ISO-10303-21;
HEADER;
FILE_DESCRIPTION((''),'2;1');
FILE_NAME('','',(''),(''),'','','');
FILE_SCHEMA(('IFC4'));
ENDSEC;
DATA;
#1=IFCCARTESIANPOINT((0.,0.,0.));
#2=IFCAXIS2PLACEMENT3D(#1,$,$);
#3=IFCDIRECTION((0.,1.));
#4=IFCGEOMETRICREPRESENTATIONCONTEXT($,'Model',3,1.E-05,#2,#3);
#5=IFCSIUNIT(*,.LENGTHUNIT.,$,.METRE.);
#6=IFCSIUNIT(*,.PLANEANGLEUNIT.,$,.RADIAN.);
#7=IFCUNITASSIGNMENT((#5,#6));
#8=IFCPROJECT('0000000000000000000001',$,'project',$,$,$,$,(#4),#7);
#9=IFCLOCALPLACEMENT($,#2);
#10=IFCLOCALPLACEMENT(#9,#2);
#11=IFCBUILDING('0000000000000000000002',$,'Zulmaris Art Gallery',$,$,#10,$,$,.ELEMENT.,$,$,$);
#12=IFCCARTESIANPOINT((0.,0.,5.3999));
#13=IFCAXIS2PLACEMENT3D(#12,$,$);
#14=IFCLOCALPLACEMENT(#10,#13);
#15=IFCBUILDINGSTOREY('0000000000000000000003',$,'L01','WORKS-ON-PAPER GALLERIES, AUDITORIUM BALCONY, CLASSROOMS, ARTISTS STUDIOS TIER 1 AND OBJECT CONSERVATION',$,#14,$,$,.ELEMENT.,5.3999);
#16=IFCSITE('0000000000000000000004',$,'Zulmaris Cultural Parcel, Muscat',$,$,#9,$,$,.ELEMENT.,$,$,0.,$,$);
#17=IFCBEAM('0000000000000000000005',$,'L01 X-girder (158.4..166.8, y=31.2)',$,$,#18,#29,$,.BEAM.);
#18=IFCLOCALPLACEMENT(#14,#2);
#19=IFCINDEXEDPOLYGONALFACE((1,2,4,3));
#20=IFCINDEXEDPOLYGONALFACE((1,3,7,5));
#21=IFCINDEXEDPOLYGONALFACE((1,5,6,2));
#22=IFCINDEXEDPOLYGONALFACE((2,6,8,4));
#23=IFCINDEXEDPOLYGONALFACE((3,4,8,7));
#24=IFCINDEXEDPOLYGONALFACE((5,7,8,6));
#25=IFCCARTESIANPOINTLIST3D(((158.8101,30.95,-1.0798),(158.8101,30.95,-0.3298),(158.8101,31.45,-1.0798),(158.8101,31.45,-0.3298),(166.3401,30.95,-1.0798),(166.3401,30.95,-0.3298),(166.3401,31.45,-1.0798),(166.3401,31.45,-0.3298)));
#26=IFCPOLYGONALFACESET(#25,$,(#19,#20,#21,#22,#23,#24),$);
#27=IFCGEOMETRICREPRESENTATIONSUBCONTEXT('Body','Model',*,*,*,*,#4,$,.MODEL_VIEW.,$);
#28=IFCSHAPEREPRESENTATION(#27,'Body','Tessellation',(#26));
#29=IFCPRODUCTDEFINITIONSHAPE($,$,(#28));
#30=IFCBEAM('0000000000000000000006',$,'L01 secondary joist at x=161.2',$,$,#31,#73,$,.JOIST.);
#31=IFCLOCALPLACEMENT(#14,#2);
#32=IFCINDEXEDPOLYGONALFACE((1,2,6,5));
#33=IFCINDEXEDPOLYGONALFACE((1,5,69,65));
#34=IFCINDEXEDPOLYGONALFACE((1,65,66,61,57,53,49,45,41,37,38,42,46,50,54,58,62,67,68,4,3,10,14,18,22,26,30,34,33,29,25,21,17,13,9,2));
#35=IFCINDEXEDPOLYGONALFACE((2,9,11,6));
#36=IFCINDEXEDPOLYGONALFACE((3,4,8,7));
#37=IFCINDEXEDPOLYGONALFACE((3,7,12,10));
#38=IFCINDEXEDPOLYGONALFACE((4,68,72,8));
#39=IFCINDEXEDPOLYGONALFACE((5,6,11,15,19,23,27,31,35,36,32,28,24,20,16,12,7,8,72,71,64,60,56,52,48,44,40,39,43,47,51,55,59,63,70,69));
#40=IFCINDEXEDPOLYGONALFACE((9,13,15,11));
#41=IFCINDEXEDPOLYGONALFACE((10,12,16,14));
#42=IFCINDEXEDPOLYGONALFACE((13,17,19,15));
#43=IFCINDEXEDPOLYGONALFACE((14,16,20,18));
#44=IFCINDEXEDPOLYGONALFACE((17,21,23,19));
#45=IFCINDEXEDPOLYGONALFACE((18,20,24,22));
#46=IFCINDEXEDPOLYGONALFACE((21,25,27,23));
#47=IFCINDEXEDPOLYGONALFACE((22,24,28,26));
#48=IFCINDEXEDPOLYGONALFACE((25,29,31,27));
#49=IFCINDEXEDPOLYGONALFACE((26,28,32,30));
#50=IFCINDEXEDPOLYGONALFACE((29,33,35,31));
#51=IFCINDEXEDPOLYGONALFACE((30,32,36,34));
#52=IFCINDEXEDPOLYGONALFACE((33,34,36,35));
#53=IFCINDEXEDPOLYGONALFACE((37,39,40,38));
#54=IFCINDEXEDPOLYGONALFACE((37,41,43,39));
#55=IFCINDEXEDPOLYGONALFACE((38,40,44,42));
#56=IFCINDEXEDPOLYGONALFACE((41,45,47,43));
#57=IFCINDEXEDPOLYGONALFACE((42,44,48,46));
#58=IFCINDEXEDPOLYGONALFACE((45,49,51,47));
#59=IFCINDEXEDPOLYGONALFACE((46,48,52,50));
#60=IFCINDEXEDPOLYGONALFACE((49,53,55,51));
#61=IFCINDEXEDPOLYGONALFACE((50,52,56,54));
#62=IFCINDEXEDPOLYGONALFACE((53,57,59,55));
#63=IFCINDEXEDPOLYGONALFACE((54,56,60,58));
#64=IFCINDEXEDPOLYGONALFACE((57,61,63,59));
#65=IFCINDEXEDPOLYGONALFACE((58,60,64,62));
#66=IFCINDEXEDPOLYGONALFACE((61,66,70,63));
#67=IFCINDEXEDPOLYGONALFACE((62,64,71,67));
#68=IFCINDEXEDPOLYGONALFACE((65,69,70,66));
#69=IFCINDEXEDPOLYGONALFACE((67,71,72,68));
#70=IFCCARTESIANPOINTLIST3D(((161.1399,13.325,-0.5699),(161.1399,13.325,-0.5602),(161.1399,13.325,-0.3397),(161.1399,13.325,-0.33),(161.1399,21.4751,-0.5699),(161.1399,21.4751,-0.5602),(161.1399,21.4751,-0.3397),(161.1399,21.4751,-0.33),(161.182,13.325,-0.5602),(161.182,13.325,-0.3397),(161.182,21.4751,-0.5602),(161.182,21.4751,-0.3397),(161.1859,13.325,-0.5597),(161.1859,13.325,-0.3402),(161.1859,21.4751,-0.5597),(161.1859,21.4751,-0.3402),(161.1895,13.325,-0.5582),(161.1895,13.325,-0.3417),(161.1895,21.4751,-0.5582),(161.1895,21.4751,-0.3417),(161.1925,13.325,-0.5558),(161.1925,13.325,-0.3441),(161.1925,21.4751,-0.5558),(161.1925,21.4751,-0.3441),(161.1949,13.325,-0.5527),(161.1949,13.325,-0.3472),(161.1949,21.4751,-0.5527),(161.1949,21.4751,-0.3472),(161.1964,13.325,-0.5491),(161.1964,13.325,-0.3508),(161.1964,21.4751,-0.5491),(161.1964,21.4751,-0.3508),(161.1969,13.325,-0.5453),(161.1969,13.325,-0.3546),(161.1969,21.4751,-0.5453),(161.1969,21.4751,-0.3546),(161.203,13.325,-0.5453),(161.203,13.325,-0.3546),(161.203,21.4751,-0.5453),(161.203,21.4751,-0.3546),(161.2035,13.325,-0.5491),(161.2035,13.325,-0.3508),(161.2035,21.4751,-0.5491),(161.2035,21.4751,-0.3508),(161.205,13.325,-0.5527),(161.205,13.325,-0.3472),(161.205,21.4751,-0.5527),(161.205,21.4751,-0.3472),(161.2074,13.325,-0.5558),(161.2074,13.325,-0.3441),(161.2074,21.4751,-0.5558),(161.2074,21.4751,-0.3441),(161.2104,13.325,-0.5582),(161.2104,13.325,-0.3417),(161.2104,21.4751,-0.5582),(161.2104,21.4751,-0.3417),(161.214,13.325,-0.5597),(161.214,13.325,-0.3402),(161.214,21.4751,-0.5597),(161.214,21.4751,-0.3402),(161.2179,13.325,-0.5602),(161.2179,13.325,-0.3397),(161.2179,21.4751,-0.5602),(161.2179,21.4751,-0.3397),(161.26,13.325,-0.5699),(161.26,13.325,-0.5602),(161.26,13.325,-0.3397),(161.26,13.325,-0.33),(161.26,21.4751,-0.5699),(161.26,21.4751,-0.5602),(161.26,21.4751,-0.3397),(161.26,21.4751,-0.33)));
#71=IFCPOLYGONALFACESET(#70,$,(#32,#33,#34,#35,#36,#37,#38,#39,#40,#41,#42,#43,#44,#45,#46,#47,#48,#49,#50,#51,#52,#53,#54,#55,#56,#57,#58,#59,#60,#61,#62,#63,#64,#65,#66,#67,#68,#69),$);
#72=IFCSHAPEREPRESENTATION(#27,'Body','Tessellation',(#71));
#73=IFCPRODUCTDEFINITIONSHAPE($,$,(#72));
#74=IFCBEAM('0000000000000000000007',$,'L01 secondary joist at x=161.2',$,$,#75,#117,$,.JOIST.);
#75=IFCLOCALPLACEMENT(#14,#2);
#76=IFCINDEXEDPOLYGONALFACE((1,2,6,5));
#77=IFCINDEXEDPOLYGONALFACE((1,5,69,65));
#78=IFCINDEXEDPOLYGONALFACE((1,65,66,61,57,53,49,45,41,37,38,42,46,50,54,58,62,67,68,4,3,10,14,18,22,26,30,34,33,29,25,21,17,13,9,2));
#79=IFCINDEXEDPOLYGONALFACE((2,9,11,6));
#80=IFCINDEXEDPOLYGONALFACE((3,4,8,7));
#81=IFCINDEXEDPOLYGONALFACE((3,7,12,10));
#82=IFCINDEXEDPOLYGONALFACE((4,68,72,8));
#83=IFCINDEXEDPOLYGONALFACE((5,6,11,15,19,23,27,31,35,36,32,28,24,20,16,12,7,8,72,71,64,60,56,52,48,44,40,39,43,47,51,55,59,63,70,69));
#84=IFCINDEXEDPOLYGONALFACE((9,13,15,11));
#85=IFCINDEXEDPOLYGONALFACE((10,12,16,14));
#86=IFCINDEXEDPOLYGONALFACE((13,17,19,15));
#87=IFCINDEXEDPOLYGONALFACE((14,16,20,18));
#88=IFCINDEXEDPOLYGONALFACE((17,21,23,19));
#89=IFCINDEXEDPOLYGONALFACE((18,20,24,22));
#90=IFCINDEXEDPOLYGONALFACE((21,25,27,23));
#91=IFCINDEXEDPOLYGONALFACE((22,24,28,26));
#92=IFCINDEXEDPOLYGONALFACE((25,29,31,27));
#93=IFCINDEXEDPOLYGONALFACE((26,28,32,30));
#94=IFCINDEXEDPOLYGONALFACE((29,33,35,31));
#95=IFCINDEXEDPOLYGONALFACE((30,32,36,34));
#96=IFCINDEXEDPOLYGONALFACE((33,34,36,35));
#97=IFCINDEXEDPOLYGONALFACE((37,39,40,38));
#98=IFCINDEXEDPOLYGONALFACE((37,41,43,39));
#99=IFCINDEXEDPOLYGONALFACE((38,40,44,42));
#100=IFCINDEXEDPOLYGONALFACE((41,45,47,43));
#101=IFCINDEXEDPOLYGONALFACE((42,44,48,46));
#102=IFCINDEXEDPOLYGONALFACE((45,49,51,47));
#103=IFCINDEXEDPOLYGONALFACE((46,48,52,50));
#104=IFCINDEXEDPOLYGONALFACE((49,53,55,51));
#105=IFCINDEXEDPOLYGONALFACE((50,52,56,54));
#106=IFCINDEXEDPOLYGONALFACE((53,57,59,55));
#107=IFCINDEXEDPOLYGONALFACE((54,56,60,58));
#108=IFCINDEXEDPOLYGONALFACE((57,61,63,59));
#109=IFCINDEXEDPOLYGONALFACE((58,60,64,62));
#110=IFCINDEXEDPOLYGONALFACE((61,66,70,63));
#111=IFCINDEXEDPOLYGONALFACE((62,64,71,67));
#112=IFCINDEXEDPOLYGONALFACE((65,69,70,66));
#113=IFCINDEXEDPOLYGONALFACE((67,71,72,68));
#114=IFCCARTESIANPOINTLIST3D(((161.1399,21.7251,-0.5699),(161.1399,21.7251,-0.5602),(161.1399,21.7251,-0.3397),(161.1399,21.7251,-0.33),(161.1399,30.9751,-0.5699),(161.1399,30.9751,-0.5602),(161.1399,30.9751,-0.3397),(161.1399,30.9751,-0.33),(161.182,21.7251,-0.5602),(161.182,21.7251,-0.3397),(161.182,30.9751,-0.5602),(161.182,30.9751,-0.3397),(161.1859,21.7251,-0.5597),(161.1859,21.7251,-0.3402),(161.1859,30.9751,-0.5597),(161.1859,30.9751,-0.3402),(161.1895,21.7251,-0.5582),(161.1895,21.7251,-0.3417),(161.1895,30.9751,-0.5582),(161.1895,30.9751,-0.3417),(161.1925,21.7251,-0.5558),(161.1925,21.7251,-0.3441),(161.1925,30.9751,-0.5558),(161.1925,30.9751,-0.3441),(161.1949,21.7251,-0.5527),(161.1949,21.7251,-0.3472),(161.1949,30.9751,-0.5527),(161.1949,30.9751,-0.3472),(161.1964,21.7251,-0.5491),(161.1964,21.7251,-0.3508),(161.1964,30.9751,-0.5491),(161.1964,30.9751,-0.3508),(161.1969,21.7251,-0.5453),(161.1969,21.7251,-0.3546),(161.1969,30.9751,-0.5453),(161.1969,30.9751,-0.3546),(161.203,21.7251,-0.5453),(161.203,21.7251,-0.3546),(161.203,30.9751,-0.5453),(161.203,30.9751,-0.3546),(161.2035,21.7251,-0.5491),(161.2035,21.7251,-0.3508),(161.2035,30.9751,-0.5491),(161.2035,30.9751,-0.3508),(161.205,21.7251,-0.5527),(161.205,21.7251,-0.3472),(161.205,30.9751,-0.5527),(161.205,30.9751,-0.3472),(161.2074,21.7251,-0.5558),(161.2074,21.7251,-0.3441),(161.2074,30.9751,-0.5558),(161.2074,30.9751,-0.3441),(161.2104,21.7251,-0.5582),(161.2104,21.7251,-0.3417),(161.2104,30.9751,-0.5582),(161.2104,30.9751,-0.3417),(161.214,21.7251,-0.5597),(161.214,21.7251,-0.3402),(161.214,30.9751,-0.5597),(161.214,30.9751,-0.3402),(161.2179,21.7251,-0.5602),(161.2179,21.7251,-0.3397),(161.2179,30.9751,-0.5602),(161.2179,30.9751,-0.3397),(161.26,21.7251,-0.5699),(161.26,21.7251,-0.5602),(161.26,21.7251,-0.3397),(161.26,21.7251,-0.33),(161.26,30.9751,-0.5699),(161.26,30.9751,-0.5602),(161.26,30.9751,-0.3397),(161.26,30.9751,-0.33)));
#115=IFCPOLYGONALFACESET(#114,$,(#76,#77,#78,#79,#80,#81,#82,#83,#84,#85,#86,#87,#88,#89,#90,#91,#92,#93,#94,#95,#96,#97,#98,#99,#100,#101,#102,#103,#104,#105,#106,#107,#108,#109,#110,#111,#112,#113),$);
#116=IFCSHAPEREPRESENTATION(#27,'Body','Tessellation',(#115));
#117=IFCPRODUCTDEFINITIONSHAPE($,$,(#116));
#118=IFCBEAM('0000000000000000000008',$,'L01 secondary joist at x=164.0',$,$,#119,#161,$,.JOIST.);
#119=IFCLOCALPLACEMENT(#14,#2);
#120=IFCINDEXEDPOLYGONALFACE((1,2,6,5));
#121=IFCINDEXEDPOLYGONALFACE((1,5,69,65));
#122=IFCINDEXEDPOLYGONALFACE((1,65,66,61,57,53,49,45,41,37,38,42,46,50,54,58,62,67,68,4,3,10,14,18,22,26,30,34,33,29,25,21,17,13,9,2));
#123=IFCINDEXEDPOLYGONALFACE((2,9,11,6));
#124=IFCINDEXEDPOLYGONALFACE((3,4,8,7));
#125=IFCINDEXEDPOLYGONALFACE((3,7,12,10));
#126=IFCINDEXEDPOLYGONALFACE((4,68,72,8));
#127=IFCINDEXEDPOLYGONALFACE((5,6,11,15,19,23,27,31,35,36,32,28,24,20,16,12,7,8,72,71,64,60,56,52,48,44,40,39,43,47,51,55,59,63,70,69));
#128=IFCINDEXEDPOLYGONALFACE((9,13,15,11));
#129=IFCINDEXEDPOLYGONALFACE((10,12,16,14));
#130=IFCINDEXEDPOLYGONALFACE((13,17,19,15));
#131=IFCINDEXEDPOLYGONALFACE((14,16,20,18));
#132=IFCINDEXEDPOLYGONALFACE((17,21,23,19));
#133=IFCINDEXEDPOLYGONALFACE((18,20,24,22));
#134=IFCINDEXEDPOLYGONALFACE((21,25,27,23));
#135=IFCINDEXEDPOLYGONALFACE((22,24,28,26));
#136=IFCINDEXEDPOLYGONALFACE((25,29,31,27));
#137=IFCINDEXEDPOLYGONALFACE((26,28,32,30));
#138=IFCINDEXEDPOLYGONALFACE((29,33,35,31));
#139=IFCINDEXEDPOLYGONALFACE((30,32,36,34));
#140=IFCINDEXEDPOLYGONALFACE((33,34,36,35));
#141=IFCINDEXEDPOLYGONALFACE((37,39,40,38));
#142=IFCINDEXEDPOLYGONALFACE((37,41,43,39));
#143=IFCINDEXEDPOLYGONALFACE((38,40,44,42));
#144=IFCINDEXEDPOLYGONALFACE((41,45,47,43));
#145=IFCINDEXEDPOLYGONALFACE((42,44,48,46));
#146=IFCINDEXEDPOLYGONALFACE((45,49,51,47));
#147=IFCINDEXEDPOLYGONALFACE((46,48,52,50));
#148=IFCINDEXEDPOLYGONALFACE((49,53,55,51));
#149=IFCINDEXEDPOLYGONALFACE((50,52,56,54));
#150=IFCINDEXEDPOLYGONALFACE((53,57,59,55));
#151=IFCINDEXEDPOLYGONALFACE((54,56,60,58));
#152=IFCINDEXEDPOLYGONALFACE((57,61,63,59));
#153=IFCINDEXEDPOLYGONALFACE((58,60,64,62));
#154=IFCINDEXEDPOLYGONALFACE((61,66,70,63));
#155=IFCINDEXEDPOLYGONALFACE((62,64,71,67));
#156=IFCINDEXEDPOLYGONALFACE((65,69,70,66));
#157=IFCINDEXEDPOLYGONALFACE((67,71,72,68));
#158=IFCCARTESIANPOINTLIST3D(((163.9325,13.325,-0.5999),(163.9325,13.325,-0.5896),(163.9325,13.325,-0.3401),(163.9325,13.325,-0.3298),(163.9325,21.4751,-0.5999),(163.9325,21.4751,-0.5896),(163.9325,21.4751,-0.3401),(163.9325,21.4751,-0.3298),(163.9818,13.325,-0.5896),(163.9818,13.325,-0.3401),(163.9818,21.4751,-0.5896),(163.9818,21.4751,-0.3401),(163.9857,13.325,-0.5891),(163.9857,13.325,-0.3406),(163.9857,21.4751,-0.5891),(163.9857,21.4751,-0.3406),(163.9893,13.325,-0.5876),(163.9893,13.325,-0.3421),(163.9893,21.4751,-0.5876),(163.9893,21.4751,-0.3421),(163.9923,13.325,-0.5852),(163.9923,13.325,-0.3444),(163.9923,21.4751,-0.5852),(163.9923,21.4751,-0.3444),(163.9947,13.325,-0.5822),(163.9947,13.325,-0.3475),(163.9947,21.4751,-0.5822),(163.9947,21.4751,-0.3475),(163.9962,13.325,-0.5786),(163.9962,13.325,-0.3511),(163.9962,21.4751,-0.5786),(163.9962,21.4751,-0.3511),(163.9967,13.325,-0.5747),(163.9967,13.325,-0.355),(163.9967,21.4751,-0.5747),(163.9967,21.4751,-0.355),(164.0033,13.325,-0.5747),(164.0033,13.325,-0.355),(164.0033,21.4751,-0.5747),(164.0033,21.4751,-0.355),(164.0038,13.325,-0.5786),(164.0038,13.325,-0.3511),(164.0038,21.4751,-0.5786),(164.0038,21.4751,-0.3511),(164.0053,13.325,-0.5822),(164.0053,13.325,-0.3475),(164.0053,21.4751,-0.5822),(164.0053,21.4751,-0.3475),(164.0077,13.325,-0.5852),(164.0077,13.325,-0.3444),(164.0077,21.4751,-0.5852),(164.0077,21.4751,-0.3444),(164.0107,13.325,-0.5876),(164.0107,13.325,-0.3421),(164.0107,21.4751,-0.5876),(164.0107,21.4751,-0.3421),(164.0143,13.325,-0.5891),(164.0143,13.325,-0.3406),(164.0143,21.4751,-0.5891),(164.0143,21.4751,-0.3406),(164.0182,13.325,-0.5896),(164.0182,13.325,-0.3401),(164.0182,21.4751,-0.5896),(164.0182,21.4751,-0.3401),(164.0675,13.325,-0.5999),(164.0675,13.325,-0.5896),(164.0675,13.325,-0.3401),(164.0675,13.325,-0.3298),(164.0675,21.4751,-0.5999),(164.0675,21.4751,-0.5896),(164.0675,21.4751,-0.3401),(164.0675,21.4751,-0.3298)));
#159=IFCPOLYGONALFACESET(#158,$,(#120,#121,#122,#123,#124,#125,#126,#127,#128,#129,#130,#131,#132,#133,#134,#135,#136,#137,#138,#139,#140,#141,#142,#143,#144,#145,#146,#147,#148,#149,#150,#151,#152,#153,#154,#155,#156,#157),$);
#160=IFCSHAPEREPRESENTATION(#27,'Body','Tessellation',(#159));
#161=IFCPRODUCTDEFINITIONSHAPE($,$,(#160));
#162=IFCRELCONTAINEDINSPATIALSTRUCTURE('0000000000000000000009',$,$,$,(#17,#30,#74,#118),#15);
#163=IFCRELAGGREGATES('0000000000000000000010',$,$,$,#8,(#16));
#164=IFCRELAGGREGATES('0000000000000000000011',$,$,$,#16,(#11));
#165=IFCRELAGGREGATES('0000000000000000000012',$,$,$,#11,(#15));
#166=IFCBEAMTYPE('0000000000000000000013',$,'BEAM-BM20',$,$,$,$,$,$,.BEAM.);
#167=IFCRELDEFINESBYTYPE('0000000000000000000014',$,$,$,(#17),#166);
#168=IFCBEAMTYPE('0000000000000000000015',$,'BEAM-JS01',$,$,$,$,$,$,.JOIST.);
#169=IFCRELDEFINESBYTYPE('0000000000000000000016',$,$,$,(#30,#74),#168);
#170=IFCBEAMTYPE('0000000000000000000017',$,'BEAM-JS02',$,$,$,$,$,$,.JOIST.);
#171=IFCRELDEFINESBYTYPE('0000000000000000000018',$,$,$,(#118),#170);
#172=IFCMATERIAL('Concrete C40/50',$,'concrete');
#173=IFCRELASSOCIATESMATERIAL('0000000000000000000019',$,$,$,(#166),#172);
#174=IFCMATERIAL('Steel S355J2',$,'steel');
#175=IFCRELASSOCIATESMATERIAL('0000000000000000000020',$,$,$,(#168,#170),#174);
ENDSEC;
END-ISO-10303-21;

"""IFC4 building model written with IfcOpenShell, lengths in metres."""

from ifc_helpers import new_model, si_unit, direction, frame, origin, origin_2d, place, context, subcontext, project, spatial, rectangle, i_section, extrude, material, material_profile, profile_set, type_object, element, save


model = new_model("IFC4")

# Units and contexts
model_context = context("Model", 3, precision=1e-05, world=origin(), true_north=direction((0.0, 1.0)))
body_context = subcontext(model_context, "Body", "Model", "MODEL_VIEW")
ifc_project = project(units=[si_unit("LENGTHUNIT", "METRE"), si_unit("PLANEANGLEUNIT", "RADIAN")], contexts=[model_context])

# Site, building, storey
site_placement = place(None, origin())
site = spatial("IfcSite", under=ifc_project, at=site_placement, Name="Zulmaris Cultural Parcel, Muscat", CompositionType="ELEMENT", RefElevation=0.0)
building_placement = place(site_placement, origin())
building = spatial("IfcBuilding", under=site, at=building_placement, Name="Zulmaris Art Gallery", CompositionType="ELEMENT")
storey_placement = place(building_placement, frame((0.0, 0.0, 5.3999)))
storey = spatial("IfcBuildingStorey", under=building, at=storey_placement, Name="L01", Description="WORKS-ON-PAPER GALLERIES, AUDITORIUM BALCONY, CLASSROOMS, ARTISTS STUDIOS TIER 1 AND OBJECT CONSERVATION", CompositionType="ELEMENT", Elevation=5.3999)

# Beams
ifc_material_1 = material(Name="Steel S355J2", Category="steel")
ifc_material_2 = material(Name="Concrete C40/50", Category="concrete")
ifc_material_profile_1 = material_profile(ifc_material_2, rectangle(XDim=0.5, YDim=0.75, at=origin_2d()), Name="RC 500x750")
ifc_profile_set_1 = profile_set([ifc_material_profile_1], Name="Concrete C40/50")
beam_type_1 = type_object("IfcBeamType", Name="BEAM-BM20", PredefinedType="BEAM", material=ifc_profile_set_1)
beam_1_placement = place(storey_placement, frame((158.8101, 31.2, -0.7048), z_axis=(1.0, 0.0, 0.0), x_axis=(0.0, 1.0, 0.0)))
element("IfcBeam", 1, at=beam_1_placement, inside=storey, type_object=beam_type_1, Name="L01 X-girder (158.4..166.8, y=31.2)", PredefinedType="BEAM", context=body_context, shape_type="SweptSolid", body=[
    extrude(rectangle(XDim=0.5, YDim=0.75, at=origin_2d()), origin(), (0.0, 0.0, 1.0), 7.53),
])
ifc_material_profile_2 = material_profile(ifc_material_1, i_section(OverallWidth=0.1201, OverallDepth=0.24, WebThickness=0.0061, FlangeThickness=0.0098, FilletRadius=0.0149, at=origin_2d()), Name="IPE 240")
ifc_profile_set_2 = profile_set([ifc_material_profile_2], Name="Steel S355J2")
beam_type_2 = type_object("IfcBeamType", Name="BEAM-JS01", PredefinedType="JOIST", material=ifc_profile_set_2)
beam_2_placement = place(storey_placement, frame((161.2, 13.325, -0.45), z_axis=(0.0, 1.0, 0.0), x_axis=(-1.0, 0.0, 0.0)))
element("IfcBeam", 2, at=beam_2_placement, inside=storey, type_object=beam_type_2, Name="L01 secondary joist at x=161.2", PredefinedType="JOIST", context=body_context, shape_type="SweptSolid", body=[
    extrude(i_section(OverallWidth=0.1201, OverallDepth=0.24, WebThickness=0.0061, FlangeThickness=0.0098, FilletRadius=0.0149, at=origin_2d()), origin(), (0.0, 0.0, 1.0), 8.1501),
])
beam_3_placement = place(storey_placement, frame((161.2, 21.7251, -0.45), z_axis=(0.0, 1.0, 0.0), x_axis=(-1.0, 0.0, 0.0)))
element("IfcBeam", 3, at=beam_3_placement, inside=storey, type_object=beam_type_2, Name="L01 secondary joist at x=161.2", PredefinedType="JOIST", context=body_context, shape_type="SweptSolid", body=[
    extrude(i_section(OverallWidth=0.1201, OverallDepth=0.24, WebThickness=0.0061, FlangeThickness=0.0098, FilletRadius=0.0149, at=origin_2d()), origin(), (0.0, 0.0, 1.0), 9.25),
])
ifc_material_profile_3 = material_profile(ifc_material_1, i_section(OverallWidth=0.135, OverallDepth=0.27, WebThickness=0.0066, FlangeThickness=0.0103, FilletRadius=0.0149, at=origin_2d()), Name="IPE 270")
ifc_profile_set_3 = profile_set([ifc_material_profile_3], Name="Steel S355J2")
beam_type_3 = type_object("IfcBeamType", Name="BEAM-JS02", PredefinedType="JOIST", material=ifc_profile_set_3)
beam_4_placement = place(storey_placement, frame((164.0, 13.325, -0.4648), z_axis=(0.0, 1.0, 0.0), x_axis=(-1.0, 0.0, 0.0)))
element("IfcBeam", 4, at=beam_4_placement, inside=storey, type_object=beam_type_3, Name="L01 secondary joist at x=164.0", PredefinedType="JOIST", context=body_context, shape_type="SweptSolid", body=[
    extrude(i_section(OverallWidth=0.135, OverallDepth=0.27, WebThickness=0.0066, FlangeThickness=0.0103, FilletRadius=0.0149, at=origin_2d()), origin(), (0.0, 0.0, 1.0), 8.1501),
])

save(model, "model.ifc")
